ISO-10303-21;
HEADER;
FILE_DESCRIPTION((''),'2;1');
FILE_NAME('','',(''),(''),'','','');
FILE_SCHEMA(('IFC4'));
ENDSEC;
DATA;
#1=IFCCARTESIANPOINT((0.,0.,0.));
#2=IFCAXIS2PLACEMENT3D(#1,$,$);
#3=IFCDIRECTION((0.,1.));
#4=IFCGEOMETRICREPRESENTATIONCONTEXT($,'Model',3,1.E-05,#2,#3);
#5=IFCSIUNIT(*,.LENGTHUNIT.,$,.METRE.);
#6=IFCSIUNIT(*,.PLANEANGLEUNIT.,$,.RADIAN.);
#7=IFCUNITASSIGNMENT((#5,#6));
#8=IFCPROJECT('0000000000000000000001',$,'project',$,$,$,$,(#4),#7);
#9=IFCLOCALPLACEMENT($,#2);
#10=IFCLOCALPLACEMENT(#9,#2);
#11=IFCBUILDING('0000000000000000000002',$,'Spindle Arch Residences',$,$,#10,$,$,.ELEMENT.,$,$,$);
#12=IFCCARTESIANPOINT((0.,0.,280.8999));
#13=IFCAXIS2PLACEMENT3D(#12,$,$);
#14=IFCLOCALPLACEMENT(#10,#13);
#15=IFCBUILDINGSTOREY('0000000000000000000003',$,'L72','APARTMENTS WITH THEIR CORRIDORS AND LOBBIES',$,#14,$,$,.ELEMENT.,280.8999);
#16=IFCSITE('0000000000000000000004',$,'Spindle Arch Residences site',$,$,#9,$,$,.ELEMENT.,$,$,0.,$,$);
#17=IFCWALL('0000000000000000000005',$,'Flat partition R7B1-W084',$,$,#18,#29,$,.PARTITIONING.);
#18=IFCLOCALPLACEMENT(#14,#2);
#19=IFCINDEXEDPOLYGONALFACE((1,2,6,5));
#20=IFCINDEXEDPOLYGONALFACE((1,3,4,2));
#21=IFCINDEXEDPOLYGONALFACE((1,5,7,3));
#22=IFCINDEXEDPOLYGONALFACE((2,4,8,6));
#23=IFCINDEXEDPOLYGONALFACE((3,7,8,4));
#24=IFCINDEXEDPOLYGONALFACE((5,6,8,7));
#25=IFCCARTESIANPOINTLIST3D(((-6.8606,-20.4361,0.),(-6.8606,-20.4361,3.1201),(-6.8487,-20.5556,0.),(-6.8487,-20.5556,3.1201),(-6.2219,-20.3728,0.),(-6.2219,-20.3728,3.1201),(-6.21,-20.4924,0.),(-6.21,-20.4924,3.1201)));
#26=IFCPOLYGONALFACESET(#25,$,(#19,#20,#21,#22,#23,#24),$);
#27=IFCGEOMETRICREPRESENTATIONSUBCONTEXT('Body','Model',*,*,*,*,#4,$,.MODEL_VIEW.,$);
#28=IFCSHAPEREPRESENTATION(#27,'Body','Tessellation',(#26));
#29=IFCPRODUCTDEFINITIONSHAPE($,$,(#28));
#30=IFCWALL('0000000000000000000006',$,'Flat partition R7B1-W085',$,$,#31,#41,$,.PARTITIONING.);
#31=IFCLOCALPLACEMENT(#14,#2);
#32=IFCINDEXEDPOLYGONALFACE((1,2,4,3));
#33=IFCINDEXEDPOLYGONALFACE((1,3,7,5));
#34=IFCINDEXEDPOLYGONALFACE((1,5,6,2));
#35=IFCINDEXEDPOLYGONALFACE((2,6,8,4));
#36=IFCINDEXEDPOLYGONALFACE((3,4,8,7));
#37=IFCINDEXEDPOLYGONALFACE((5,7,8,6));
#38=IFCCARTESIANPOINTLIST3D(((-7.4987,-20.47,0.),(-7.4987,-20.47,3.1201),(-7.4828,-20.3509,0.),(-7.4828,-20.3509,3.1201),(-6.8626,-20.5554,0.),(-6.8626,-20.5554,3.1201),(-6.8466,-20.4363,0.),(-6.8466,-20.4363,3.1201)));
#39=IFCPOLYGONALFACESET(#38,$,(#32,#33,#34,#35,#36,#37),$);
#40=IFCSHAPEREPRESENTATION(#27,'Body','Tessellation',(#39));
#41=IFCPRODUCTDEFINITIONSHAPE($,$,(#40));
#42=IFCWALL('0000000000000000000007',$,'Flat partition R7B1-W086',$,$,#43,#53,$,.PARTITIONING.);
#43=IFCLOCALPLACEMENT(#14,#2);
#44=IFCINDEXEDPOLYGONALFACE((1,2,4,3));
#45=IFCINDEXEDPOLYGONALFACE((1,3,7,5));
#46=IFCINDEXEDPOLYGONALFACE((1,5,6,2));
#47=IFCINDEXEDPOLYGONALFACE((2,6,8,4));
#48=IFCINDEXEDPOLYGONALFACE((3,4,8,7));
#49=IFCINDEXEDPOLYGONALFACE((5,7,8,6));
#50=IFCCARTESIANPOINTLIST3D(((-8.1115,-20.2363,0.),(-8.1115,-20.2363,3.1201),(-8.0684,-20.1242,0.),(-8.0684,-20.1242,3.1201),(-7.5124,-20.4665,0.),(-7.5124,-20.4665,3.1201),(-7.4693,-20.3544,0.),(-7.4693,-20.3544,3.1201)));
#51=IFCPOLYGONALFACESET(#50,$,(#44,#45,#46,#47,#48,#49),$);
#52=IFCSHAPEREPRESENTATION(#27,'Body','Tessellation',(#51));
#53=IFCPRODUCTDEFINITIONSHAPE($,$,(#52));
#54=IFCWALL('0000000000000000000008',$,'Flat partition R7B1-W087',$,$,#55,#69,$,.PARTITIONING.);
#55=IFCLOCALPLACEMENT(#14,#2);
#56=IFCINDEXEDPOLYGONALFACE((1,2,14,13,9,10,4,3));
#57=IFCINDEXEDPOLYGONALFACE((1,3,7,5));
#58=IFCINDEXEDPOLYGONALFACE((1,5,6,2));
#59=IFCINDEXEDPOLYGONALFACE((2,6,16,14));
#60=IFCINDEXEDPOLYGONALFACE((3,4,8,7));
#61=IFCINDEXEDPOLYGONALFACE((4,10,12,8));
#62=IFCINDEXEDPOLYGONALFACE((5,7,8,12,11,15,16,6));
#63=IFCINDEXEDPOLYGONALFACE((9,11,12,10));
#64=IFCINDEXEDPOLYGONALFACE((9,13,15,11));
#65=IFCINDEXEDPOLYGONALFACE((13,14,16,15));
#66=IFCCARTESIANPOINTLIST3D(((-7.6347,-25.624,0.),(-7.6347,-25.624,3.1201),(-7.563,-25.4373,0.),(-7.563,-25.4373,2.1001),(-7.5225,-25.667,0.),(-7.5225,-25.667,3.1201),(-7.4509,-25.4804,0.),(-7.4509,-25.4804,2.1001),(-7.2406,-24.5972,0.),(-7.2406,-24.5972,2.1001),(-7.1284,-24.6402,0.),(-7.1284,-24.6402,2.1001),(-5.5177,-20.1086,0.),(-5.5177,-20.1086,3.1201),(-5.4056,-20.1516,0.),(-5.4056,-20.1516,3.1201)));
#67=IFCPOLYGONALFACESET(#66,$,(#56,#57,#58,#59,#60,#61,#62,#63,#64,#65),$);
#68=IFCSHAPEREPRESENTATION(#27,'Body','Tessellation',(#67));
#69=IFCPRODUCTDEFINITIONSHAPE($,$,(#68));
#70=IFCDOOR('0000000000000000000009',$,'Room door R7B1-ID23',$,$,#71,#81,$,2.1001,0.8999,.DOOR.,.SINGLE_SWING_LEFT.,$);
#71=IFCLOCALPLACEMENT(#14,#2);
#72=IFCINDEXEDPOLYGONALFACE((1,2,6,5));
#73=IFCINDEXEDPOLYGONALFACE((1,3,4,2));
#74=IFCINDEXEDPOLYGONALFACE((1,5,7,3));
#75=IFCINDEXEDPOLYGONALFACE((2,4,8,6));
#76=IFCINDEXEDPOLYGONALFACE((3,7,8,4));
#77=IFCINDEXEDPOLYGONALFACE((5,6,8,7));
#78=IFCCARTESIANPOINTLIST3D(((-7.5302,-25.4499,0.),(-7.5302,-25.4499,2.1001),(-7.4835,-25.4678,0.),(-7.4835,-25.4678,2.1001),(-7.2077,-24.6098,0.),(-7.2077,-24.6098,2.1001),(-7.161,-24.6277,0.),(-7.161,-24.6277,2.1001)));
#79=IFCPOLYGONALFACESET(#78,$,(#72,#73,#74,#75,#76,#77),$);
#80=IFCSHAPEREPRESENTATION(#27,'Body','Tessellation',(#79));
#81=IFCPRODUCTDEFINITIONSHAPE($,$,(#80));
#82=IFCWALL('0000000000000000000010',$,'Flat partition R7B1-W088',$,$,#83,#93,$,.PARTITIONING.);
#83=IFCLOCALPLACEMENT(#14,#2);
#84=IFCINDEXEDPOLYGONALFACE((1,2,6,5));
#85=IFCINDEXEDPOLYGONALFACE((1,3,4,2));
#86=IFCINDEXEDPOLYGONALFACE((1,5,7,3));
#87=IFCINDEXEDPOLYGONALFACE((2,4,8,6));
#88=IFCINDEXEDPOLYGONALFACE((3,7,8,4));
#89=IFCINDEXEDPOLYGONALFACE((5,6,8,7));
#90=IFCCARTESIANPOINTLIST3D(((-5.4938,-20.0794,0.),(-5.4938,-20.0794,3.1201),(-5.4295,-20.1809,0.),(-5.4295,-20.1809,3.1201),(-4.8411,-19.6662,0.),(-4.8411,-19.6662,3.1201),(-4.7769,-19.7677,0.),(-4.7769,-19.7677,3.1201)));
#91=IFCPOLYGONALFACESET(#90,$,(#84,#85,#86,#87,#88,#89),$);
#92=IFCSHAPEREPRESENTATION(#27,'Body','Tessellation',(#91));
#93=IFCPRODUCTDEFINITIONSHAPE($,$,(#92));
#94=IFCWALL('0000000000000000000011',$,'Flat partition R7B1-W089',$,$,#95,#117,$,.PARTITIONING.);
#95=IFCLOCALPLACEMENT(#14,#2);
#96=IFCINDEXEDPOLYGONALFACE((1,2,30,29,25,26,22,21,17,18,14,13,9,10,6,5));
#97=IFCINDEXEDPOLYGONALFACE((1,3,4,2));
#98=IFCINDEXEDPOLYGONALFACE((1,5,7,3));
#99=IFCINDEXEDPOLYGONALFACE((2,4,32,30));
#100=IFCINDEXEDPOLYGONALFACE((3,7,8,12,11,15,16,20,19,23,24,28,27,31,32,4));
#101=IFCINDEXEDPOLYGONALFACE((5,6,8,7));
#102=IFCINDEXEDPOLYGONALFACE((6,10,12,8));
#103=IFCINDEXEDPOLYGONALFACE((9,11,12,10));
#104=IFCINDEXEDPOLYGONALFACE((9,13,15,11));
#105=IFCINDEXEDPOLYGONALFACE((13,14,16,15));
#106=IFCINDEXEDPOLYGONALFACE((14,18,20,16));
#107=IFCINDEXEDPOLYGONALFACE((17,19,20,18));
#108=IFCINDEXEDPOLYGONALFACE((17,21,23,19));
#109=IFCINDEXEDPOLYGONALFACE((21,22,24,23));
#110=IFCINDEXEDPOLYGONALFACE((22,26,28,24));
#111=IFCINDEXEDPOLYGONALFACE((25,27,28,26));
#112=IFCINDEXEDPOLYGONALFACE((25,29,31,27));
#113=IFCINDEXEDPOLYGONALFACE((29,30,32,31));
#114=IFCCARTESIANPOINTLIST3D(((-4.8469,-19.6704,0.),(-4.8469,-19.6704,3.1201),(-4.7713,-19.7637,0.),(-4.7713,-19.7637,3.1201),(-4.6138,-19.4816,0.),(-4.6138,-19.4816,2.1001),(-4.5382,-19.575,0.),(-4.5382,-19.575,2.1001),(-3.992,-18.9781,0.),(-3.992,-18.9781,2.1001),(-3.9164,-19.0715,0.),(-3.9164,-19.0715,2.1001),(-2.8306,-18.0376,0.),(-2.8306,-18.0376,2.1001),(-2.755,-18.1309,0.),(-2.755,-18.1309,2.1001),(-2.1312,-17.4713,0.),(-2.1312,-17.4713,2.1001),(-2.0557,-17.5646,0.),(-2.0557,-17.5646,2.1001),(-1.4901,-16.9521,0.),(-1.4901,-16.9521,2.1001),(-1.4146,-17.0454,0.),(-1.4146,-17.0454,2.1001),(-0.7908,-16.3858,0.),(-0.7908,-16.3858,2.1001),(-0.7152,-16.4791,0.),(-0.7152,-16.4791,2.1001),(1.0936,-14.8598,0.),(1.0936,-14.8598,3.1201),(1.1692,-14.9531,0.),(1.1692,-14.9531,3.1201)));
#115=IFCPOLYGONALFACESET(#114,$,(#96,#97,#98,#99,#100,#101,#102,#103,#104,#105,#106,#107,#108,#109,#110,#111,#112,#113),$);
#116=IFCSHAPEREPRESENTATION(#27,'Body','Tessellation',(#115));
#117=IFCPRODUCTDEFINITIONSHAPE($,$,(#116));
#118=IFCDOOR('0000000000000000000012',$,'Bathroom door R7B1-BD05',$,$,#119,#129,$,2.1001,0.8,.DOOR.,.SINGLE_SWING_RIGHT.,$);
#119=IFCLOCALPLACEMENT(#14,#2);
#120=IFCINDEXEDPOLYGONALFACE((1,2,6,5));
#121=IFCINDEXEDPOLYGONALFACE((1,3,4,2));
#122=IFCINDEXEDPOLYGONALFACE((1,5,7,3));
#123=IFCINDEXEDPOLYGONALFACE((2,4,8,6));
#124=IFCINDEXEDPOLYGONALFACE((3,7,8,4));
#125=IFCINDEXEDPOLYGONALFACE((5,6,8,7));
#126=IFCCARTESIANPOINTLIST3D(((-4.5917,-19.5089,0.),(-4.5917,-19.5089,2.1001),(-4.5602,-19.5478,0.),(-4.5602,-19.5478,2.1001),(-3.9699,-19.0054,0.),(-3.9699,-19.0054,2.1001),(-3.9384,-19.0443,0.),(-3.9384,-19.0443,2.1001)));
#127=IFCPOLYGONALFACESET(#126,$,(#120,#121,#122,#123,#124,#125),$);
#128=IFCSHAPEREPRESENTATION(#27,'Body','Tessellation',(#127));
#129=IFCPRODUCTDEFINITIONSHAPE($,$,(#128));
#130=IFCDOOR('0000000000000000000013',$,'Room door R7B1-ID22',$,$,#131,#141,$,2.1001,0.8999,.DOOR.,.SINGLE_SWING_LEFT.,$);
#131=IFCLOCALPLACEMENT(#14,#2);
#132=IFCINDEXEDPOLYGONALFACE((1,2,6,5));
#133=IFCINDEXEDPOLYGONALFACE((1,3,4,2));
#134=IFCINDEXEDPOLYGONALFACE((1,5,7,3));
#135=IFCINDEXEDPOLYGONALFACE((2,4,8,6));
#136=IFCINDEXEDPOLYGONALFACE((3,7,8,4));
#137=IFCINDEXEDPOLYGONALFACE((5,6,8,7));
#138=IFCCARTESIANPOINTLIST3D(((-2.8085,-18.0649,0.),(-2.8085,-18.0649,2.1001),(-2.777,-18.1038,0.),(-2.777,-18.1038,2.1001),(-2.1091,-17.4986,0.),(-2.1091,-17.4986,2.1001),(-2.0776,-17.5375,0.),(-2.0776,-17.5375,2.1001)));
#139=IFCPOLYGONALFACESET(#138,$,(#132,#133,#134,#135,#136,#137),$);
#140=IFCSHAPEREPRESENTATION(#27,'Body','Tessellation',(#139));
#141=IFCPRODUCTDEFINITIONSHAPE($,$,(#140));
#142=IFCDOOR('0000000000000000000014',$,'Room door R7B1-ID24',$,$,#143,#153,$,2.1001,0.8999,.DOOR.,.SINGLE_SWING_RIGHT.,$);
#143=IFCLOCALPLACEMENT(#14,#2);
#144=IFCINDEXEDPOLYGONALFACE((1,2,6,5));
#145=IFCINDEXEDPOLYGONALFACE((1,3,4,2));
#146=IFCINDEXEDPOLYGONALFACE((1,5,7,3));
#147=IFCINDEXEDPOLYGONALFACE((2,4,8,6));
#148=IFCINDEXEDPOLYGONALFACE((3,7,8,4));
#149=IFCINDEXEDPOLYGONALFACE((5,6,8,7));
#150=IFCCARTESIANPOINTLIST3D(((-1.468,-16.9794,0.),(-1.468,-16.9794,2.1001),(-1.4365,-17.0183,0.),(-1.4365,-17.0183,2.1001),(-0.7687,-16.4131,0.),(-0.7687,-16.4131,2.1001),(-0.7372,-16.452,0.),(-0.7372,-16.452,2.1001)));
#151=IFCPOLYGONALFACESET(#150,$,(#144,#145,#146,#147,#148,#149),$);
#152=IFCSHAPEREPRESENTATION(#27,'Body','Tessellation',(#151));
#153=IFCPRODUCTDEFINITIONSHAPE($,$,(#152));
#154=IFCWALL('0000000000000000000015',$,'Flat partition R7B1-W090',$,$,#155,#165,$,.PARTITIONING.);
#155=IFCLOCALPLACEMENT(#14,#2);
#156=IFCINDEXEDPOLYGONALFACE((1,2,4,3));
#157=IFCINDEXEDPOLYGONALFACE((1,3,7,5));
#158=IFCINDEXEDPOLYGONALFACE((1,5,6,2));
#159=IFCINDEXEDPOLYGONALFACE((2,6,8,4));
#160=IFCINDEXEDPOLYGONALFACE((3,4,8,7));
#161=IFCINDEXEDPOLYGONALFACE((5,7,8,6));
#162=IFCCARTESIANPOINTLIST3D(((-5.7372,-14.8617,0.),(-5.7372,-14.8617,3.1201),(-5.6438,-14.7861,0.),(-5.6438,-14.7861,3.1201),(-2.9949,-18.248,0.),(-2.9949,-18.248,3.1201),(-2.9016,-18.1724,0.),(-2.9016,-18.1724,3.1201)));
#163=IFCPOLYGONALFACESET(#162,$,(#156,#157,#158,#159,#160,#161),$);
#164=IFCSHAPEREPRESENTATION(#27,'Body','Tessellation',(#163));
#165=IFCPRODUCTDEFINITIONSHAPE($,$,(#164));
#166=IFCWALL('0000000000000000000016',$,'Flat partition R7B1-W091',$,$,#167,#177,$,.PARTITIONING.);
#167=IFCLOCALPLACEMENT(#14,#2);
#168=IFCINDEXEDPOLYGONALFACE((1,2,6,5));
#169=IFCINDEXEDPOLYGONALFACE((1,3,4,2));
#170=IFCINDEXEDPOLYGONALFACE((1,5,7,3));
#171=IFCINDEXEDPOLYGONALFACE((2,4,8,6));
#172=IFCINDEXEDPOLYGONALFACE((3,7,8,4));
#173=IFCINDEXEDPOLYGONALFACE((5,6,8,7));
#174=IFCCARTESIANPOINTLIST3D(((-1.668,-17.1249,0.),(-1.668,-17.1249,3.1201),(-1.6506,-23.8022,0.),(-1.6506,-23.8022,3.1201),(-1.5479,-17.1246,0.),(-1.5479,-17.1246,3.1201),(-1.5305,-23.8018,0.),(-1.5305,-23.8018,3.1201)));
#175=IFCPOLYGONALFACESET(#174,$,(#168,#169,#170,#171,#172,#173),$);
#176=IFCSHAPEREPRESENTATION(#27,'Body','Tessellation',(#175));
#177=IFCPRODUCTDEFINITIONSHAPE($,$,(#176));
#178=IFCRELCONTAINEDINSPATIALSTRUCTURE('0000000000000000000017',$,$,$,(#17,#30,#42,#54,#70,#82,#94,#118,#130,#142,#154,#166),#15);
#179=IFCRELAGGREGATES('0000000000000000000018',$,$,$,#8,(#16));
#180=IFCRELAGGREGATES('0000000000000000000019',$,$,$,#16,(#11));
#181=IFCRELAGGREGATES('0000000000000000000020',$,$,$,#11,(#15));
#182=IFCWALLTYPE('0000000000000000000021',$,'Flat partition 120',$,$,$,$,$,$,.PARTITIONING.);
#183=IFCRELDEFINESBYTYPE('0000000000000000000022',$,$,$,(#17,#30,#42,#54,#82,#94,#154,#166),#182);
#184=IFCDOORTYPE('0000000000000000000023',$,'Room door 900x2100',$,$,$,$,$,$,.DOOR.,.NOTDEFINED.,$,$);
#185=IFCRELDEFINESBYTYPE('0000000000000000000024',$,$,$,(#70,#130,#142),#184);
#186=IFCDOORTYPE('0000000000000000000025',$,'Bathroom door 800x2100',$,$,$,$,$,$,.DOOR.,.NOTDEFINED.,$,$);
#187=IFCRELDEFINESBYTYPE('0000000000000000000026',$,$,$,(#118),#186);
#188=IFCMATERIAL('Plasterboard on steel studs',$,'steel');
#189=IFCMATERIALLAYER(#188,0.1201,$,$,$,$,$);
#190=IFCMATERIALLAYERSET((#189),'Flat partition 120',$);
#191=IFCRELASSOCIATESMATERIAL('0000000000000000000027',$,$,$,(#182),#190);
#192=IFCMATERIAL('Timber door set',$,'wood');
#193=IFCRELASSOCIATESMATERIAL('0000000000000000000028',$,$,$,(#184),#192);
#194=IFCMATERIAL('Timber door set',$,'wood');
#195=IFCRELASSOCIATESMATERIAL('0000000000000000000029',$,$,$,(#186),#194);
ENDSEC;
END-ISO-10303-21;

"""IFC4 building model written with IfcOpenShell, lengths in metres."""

from ifc_helpers import new_model, si_unit, direction, frame, frame_2d, origin, place, context, subcontext, project, spatial, rectangle, extrude, material, layer, layer_set, type_object, element, fill, save


model = new_model("IFC4")

# Units and contexts
model_context = context("Model", 3, precision=1e-05, world=origin(), true_north=direction((0.0, 1.0)))
body_context = subcontext(model_context, "Body", "Model", "MODEL_VIEW")
ifc_project = project(units=[si_unit("LENGTHUNIT", "METRE"), si_unit("PLANEANGLEUNIT", "RADIAN")], contexts=[model_context])

# Site, building, storey
site_placement = place(None, origin())
site = spatial("IfcSite", under=ifc_project, at=site_placement, Name="Spindle Arch Residences site", CompositionType="ELEMENT", RefElevation=0.0)
building_placement = place(site_placement, origin())
building = spatial("IfcBuilding", under=site, at=building_placement, Name="Spindle Arch Residences", CompositionType="ELEMENT")
storey_placement = place(building_placement, frame((0.0, 0.0, 280.8999)))
storey = spatial("IfcBuildingStorey", under=building, at=storey_placement, Name="L72", Description="APARTMENTS WITH THEIR CORRIDORS AND LOBBIES", CompositionType="ELEMENT", Elevation=280.8999)

# Walls
ifc_material_1 = material(Name="Plasterboard on steel studs", Category="steel")
ifc_layer_1 = layer(ifc_material_1, 0.1201)
ifc_layer_set_1 = layer_set([ifc_layer_1], Name="Flat partition 120")
wall_type_1 = type_object("IfcWallType", Name="Flat partition 120", PredefinedType="PARTITIONING", material=ifc_layer_set_1)
for number, where, z_axis, x_axis, name in (
    (1, (-6.2161, -20.4326, 0.0), (0.0, 0.0, 1.0), (-0.995135, -0.098524, 0.0), "Flat partition R7B1-W084"),
    (2, (-6.8547, -20.4958, 0.0), (0.0, 0.0, 1.0), (-0.991101, 0.13311, 0.0), "Flat partition R7B1-W085"),
    (3, (-7.491, -20.4104, 0.0), (0.0, 0.0, 1.0), (-0.933453, 0.358699, 0.0), "Flat partition R7B1-W086"),
):
    element("IfcWall", number, at=place(storey_placement, frame(where, z_axis=z_axis, x_axis=x_axis)), inside=storey, type_object=wall_type_1, Name=name, PredefinedType="PARTITIONING", context=body_context, shape_type="SweptSolid", body=[
        extrude(rectangle(XDim=0.6418, YDim=0.1201, at=frame_2d((0.3208, 0.0))), origin(), (0.0, 0.0, 1.0), 3.1201),
    ])

# Wall, opening, door
wall_1_placement = place(storey_placement, frame((-7.5786, -25.6455, 0.0), z_axis=(0.0, 0.0, 1.0), x_axis=(0.358337, 0.933592, 0.0)))
wall_1 = element("IfcWall", 4, at=wall_1_placement, inside=storey, type_object=wall_type_1, Name="Flat partition R7B1-W087", PredefinedType="PARTITIONING", context=body_context, shape_type="SweptSolid", body=[
    extrude(rectangle(XDim=5.9077, YDim=0.1201, at=frame_2d((2.9539, 0.0))), origin(), (0.0, 0.0, 1.0), 3.1201),
])
opening_1_placement = place(wall_1_placement, frame((0.2, 0.0, 0.0)))
opening_1 = element("IfcOpeningElement", 5, at=opening_1_placement, cuts=wall_1, PredefinedType="OPENING", context=body_context, shape_type="SweptSolid", body=[
    extrude(rectangle(XDim=0.8999, YDim=2.1001, at=frame_2d((0.45, 1.05))), frame((0.0, 0.0701, 0.0), z_axis=(0.0, -1.0, 0.0), x_axis=(1.0, 0.0, 0.0)), (0.0, 0.0, 1.0), 0.1401),
])
ifc_material_2 = material(Name="Timber door set", Category="wood")
door_type_1 = type_object("IfcDoorType", Name="Room door 900x2100", OperationType="NOTDEFINED", PredefinedType="DOOR", material=ifc_material_2)
door_1_placement = place(opening_1_placement, origin())
door_1 = element("IfcDoor", 6, at=door_1_placement, inside=storey, type_object=door_type_1, Name="Room door R7B1-ID23", OperationType="SINGLE_SWING_LEFT", OverallHeight=2.1001, OverallWidth=0.8999, PredefinedType="DOOR", context=body_context, shape_type="SweptSolid", body=[
    extrude(rectangle(XDim=0.8999, YDim=2.1001, at=frame_2d((0.45, 1.05))), frame((0.0, 0.0249, 0.0), z_axis=(0.0, -1.0, 0.0), x_axis=(1.0, 0.0, 0.0)), (0.0, 0.0, 1.0), 0.05),
])
fill(opening_1, door_1)

# Wall
wall_2_placement = place(storey_placement, frame((-5.4617, -20.1301, 0.0), z_axis=(0.0, 0.0, 1.0), x_axis=(0.844948, 0.534849, 0.0)))
element("IfcWall", 7, at=wall_2_placement, inside=storey, type_object=wall_type_1, Name="Flat partition R7B1-W088", PredefinedType="PARTITIONING", context=body_context, shape_type="SweptSolid", body=[
    extrude(rectangle(XDim=0.7725, YDim=0.1201, at=frame_2d((0.3862, 0.0))), origin(), (0.0, 0.0, 1.0), 3.1201),
])

# Wall, openings, doors
wall_3_placement = place(storey_placement, frame((-4.8091, -19.717, 0.0), z_axis=(0.0, 0.0, 1.0), x_axis=(0.777141, 0.629327, 0.0)))
wall_3 = element("IfcWall", 8, at=wall_3_placement, inside=storey, type_object=wall_type_1, Name="Flat partition R7B1-W089", PredefinedType="PARTITIONING", context=body_context, shape_type="SweptSolid", body=[
    extrude(rectangle(XDim=7.644, YDim=0.1201, at=frame_2d((3.822, 0.0))), origin(), (0.0, 0.0, 1.0), 3.1201),
])
opening_2_placement = place(wall_3_placement, frame((2.5945, 0.0, 0.0)))
opening_2 = element("IfcOpeningElement", 9, at=opening_2_placement, cuts=wall_3, PredefinedType="OPENING", context=body_context, shape_type="SweptSolid", body=[
    extrude(rectangle(XDim=0.8999, YDim=2.1001, at=frame_2d((0.45, 1.05))), frame((0.0, 0.0701, 0.0), z_axis=(0.0, -1.0, 0.0), x_axis=(1.0, 0.0, 0.0)), (0.0, 0.0, 1.0), 0.1401),
])
opening_3_placement = place(wall_3_placement, frame((0.3, 0.0, 0.0)))
opening_3 = element("IfcOpeningElement", 10, at=opening_3_placement, cuts=wall_3, PredefinedType="OPENING", context=body_context, shape_type="SweptSolid", body=[
    extrude(rectangle(XDim=0.8, YDim=2.1001, at=frame_2d((0.3999, 1.05))), frame((0.0, 0.0701, 0.0), z_axis=(0.0, -1.0, 0.0), x_axis=(1.0, 0.0, 0.0)), (0.0, 0.0, 1.0), 0.1401),
])
opening_4_placement = place(wall_3_placement, frame((4.3193, 0.0, 0.0)))
opening_4 = element("IfcOpeningElement", 11, at=opening_4_placement, cuts=wall_3, PredefinedType="OPENING", context=body_context, shape_type="SweptSolid", body=[
    extrude(rectangle(XDim=0.8999, YDim=2.1001, at=frame_2d((0.45, 1.05))), frame((0.0, 0.0701, 0.0), z_axis=(0.0, -1.0, 0.0), x_axis=(1.0, 0.0, 0.0)), (0.0, 0.0, 1.0), 0.1401),
])
ifc_material_3 = material(Name="Timber door set", Category="wood")
door_type_2 = type_object("IfcDoorType", Name="Bathroom door 800x2100", OperationType="NOTDEFINED", PredefinedType="DOOR", material=ifc_material_3)
door_2_placement = place(opening_3_placement, origin())
door_2 = element("IfcDoor", 12, at=door_2_placement, inside=storey, type_object=door_type_2, Name="Bathroom door R7B1-BD05", OperationType="SINGLE_SWING_RIGHT", OverallHeight=2.1001, OverallWidth=0.8, PredefinedType="DOOR", context=body_context, shape_type="SweptSolid", body=[
    extrude(rectangle(XDim=0.8, YDim=2.1001, at=frame_2d((0.3999, 1.05))), frame((0.0, 0.0249, 0.0), z_axis=(0.0, -1.0, 0.0), x_axis=(1.0, 0.0, 0.0)), (0.0, 0.0, 1.0), 0.05),
])
fill(opening_3, door_2)
door_3_placement = place(opening_2_placement, origin())
door_3 = element("IfcDoor", 13, at=door_3_placement, inside=storey, type_object=door_type_1, Name="Room door R7B1-ID22", OperationType="SINGLE_SWING_LEFT", OverallHeight=2.1001, OverallWidth=0.8999, PredefinedType="DOOR", context=body_context, shape_type="SweptSolid", body=[
    extrude(rectangle(XDim=0.8999, YDim=2.1001, at=frame_2d((0.45, 1.05))), frame((0.0, 0.0249, 0.0), z_axis=(0.0, -1.0, 0.0), x_axis=(1.0, 0.0, 0.0)), (0.0, 0.0, 1.0), 0.05),
])
fill(opening_2, door_3)
door_4_placement = place(opening_4_placement, origin())
door_4 = element("IfcDoor", 14, at=door_4_placement, inside=storey, type_object=door_type_1, Name="Room door R7B1-ID24", OperationType="SINGLE_SWING_RIGHT", OverallHeight=2.1001, OverallWidth=0.8999, PredefinedType="DOOR", context=body_context, shape_type="SweptSolid", body=[
    extrude(rectangle(XDim=0.8999, YDim=2.1001, at=frame_2d((0.45, 1.05))), frame((0.0, 0.0249, 0.0), z_axis=(0.0, -1.0, 0.0), x_axis=(1.0, 0.0, 0.0)), (0.0, 0.0, 1.0), 0.05),
])
fill(opening_4, door_4)

# Walls
wall_4_placement = place(storey_placement, frame((-2.9482, -18.2102, 0.0), z_axis=(0.0, 0.0, 1.0), x_axis=(-0.62933, 0.777138, 0.0)))
element("IfcWall", 15, at=wall_4_placement, inside=storey, type_object=wall_type_1, Name="Flat partition R7B1-W090", PredefinedType="PARTITIONING", context=body_context, shape_type="SweptSolid", body=[
    extrude(rectangle(XDim=4.3574, YDim=0.1201, at=frame_2d((2.1787, 0.0))), origin(), (0.0, 0.0, 1.0), 3.1201),
])
wall_5_placement = place(storey_placement, frame((-1.5906, -23.802, 0.0), z_axis=(0.0, 0.0, 1.0), x_axis=(-0.002596, 0.999997, 0.0)))
element("IfcWall", 16, at=wall_5_placement, inside=storey, type_object=wall_type_1, Name="Flat partition R7B1-W091", PredefinedType="PARTITIONING", context=body_context, shape_type="SweptSolid", body=[
    extrude(rectangle(XDim=6.6772, YDim=0.1201, at=frame_2d((3.3386, 0.0))), origin(), (0.0, 0.0, 1.0), 3.1201),
])

save(model, "model.ifc")
